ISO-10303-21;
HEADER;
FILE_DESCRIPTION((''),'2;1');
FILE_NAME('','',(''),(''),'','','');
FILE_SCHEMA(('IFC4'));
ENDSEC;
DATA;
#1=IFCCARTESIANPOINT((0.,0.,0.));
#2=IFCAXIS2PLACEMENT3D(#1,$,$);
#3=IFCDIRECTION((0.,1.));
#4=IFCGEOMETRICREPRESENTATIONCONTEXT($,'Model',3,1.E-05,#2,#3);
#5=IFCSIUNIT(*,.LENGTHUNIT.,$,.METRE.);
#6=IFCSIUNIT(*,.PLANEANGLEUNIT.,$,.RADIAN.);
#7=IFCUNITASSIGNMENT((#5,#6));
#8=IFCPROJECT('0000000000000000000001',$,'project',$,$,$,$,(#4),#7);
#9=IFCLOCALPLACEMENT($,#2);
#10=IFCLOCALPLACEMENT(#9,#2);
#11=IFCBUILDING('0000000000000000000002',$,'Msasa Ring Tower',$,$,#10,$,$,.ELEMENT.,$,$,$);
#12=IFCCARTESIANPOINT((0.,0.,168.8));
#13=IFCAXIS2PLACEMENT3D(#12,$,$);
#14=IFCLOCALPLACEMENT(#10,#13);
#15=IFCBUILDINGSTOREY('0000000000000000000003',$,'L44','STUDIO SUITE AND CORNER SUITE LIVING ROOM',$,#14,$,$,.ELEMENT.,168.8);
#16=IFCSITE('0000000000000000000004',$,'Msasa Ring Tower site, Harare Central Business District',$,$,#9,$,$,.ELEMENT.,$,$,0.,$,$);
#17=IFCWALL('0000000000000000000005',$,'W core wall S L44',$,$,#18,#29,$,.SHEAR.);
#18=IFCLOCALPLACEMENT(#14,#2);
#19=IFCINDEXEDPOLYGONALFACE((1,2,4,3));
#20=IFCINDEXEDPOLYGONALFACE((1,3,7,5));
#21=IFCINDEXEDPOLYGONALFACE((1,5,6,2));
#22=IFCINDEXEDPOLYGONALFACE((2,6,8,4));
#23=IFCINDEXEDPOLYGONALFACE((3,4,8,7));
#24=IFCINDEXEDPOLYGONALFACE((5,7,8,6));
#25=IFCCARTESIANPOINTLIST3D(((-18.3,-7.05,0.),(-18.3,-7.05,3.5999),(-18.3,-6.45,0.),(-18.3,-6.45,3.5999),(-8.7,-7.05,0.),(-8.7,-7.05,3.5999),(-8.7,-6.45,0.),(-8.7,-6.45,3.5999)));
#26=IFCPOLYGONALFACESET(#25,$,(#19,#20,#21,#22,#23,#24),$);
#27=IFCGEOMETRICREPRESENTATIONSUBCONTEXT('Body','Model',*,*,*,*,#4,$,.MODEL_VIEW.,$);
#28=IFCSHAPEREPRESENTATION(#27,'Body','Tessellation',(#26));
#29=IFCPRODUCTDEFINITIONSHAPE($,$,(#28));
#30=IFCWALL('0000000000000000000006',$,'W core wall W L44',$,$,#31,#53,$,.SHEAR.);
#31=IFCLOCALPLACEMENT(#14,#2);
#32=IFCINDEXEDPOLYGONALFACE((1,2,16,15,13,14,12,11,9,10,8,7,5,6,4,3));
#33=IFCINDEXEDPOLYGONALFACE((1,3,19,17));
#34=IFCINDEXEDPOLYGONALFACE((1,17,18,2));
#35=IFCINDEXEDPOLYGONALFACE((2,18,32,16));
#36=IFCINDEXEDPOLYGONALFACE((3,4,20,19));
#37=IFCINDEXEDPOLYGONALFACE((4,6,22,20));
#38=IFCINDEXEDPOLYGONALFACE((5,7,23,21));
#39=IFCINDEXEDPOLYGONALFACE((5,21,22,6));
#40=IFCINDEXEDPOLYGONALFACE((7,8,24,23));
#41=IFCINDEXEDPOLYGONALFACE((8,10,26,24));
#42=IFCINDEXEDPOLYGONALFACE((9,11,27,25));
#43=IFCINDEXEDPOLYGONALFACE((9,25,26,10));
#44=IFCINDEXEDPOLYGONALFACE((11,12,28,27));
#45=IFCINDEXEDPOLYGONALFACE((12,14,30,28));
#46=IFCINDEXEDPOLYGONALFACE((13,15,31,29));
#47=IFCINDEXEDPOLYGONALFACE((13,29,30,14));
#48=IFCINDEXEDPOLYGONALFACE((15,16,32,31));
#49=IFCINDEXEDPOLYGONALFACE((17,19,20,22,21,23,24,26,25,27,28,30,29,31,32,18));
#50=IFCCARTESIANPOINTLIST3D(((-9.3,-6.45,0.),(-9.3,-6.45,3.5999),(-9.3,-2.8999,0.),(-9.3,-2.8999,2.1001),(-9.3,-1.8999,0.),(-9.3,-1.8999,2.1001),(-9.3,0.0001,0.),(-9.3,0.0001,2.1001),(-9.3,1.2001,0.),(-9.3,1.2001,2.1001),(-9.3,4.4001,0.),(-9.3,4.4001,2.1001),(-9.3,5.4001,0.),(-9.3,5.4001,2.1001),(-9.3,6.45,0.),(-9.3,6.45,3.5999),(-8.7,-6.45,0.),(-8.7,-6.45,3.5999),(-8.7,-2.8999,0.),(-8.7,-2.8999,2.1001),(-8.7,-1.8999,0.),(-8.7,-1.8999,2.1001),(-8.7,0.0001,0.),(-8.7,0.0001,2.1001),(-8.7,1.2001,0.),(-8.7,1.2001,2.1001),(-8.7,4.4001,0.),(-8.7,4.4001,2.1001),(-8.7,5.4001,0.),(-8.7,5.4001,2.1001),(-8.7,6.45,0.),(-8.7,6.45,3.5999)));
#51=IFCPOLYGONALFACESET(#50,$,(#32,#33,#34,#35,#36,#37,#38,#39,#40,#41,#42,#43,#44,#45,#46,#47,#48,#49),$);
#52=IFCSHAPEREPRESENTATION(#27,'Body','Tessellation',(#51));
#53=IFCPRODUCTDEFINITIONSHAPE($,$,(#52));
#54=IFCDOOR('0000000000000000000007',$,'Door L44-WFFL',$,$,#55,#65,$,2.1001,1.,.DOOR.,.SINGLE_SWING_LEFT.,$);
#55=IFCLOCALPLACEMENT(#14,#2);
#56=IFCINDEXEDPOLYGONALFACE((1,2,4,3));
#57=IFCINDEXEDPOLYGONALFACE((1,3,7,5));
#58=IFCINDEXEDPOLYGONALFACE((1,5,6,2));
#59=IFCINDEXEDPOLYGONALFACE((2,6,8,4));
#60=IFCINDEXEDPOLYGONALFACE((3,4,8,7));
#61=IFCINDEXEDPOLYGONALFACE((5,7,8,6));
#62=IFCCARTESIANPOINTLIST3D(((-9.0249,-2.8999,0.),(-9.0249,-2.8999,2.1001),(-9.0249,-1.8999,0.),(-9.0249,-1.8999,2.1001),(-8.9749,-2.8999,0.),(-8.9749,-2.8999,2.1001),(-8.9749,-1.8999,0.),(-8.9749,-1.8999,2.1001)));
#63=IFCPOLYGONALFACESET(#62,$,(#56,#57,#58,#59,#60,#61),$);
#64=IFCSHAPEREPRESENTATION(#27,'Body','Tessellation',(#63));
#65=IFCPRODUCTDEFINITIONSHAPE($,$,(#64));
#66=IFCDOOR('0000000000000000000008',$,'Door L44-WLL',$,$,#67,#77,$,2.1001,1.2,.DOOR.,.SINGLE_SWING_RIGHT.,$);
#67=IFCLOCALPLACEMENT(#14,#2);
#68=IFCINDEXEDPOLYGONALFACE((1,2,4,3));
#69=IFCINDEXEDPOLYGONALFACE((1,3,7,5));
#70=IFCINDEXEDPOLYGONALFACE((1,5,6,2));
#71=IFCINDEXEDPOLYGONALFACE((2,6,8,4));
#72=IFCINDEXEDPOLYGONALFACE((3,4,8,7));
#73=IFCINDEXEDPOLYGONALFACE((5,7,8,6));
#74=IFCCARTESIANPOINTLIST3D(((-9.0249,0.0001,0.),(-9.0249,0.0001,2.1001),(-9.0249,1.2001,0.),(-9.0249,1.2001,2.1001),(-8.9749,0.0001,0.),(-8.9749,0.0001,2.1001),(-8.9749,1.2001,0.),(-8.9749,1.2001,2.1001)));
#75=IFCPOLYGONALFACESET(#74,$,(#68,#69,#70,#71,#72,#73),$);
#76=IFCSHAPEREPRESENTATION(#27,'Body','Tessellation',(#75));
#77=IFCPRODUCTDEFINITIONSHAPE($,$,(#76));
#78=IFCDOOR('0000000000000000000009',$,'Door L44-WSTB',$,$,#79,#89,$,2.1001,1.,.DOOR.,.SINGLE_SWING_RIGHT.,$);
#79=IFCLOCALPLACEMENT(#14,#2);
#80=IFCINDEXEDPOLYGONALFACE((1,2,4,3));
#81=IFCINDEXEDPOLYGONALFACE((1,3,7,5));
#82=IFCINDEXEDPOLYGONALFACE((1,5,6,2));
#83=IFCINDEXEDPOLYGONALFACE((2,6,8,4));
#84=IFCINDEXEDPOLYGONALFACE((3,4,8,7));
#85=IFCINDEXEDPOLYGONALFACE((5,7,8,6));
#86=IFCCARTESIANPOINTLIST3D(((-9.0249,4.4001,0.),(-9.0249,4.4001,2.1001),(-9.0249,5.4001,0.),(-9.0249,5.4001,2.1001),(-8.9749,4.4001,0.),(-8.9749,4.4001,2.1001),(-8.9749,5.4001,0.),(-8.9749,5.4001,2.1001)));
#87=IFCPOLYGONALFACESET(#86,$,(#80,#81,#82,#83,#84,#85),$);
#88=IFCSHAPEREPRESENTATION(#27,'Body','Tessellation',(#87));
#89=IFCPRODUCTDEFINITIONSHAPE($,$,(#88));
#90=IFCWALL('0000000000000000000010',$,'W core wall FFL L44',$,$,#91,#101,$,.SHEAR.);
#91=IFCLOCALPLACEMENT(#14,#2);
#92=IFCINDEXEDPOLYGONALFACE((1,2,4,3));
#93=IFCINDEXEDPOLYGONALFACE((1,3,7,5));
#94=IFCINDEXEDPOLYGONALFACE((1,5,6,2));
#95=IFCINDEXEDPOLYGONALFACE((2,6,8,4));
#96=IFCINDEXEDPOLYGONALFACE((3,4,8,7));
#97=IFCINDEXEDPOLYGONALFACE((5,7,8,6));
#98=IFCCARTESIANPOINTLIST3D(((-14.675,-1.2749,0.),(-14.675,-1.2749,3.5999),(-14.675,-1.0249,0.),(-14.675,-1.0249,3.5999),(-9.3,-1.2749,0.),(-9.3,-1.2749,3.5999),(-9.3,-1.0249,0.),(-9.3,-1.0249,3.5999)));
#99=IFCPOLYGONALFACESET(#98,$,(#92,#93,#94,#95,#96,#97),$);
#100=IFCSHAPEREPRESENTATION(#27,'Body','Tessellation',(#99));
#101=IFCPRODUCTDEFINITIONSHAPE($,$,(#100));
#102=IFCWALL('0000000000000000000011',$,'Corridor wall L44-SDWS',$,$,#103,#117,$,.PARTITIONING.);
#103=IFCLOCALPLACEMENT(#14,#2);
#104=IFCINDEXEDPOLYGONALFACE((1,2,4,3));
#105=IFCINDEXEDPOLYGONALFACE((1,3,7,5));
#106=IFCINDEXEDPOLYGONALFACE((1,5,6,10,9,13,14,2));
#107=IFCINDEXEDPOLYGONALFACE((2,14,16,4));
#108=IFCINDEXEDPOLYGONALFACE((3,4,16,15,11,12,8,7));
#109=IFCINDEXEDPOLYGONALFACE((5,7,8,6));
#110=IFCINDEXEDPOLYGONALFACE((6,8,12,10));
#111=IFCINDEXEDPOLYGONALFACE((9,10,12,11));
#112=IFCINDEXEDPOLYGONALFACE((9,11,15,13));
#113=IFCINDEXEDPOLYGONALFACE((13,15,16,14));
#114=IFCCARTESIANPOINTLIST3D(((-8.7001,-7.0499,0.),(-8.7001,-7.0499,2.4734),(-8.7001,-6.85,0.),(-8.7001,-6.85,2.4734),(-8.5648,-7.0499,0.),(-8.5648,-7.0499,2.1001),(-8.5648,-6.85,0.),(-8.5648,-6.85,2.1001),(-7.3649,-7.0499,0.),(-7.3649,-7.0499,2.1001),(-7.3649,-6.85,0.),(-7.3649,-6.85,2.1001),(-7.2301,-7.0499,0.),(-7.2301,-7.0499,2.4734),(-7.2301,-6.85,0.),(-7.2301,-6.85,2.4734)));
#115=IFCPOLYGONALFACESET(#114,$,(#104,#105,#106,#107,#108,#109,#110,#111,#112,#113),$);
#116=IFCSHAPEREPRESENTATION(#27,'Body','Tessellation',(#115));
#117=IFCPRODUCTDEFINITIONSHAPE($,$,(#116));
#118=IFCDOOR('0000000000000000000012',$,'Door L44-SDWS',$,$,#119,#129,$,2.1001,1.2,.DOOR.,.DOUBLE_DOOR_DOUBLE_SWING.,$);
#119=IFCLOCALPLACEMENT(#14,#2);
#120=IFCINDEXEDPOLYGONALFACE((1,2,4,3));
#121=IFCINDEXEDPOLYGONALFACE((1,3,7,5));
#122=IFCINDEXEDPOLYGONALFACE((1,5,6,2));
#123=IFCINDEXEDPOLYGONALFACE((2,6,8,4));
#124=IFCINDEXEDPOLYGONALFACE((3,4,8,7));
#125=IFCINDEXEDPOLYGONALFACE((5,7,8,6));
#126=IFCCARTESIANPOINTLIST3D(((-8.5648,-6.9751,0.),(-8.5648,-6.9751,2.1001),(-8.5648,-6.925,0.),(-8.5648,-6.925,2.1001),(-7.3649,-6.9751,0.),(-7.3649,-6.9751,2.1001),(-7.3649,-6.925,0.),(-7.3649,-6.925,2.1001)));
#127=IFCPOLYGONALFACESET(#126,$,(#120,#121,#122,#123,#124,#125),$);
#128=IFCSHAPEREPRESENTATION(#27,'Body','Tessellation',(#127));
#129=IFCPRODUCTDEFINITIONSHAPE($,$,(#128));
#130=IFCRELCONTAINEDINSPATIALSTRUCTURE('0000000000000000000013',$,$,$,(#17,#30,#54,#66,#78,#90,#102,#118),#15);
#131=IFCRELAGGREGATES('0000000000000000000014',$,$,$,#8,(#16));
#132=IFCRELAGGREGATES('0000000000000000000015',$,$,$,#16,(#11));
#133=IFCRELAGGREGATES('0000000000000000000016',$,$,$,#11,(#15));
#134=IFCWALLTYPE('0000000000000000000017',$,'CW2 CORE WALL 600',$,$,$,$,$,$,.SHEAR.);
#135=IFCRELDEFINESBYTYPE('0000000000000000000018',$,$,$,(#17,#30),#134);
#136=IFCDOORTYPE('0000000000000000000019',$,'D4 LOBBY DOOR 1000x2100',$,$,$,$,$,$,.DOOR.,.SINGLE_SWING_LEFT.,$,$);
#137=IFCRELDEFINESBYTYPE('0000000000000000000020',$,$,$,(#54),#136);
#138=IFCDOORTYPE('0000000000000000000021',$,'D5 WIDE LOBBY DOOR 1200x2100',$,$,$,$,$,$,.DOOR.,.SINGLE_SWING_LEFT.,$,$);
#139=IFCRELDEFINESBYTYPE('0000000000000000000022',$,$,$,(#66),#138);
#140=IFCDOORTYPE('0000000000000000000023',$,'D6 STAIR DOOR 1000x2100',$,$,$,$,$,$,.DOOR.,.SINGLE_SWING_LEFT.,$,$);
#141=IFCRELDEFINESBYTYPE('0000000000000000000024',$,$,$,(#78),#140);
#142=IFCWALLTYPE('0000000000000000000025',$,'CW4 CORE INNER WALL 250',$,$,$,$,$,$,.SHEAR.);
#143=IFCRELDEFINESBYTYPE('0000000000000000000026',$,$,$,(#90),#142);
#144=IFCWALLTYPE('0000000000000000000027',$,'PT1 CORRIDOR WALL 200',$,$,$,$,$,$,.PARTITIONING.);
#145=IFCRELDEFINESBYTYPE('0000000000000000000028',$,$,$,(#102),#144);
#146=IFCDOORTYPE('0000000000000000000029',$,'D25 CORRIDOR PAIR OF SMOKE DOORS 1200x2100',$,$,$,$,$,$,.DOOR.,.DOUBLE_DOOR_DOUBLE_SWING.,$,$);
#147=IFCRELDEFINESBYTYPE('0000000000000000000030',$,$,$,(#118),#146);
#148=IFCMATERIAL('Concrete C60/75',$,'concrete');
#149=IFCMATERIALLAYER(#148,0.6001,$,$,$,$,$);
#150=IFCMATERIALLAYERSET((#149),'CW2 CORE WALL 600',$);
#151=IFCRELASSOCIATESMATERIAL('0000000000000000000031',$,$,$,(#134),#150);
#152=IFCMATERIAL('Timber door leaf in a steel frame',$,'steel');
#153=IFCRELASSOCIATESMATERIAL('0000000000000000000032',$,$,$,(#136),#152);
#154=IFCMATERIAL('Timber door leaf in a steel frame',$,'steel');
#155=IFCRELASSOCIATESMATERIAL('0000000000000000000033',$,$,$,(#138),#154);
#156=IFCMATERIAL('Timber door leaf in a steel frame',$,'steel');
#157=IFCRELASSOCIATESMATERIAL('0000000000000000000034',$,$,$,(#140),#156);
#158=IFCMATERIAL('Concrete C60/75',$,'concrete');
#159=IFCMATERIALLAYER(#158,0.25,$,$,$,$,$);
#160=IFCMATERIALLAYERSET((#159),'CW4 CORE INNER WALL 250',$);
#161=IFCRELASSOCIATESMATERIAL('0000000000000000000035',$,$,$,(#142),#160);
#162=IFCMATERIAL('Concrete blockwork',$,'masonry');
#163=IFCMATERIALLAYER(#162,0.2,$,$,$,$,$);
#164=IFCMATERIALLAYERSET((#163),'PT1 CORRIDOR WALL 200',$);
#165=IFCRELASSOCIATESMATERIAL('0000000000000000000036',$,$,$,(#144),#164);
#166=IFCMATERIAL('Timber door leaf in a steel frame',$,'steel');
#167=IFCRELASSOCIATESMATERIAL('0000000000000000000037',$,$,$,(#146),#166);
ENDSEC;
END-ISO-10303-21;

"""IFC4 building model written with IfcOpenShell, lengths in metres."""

from ifc_helpers import new_model, si_unit, direction, frame, frame_2d, origin, place, context, subcontext, project, spatial, rectangle, extrude, material, layer, layer_set, type_object, element, fill, save


model = new_model("IFC4")

# Units and contexts
model_context = context("Model", 3, precision=1e-05, world=origin(), true_north=direction((0.0, 1.0)))
body_context = subcontext(model_context, "Body", "Model", "MODEL_VIEW")
ifc_project = project(units=[si_unit("LENGTHUNIT", "METRE"), si_unit("PLANEANGLEUNIT", "RADIAN")], contexts=[model_context])

# Site, building, storey
site_placement = place(None, origin())
site = spatial("IfcSite", under=ifc_project, at=site_placement, Name="Msasa Ring Tower site, Harare Central Business District", CompositionType="ELEMENT", RefElevation=0.0)
building_placement = place(site_placement, origin())
building = spatial("IfcBuilding", under=site, at=building_placement, Name="Msasa Ring Tower", CompositionType="ELEMENT")
storey_placement = place(building_placement, frame((0.0, 0.0, 168.8)))
storey = spatial("IfcBuildingStorey", under=building, at=storey_placement, Name="L44", Description="STUDIO SUITE AND CORNER SUITE LIVING ROOM", CompositionType="ELEMENT", Elevation=168.8)

# Wall
ifc_material_1 = material(Name="Concrete C60/75", Category="concrete")
ifc_layer_1 = layer(ifc_material_1, 0.6001)
ifc_layer_set_1 = layer_set([ifc_layer_1], Name="CW2 CORE WALL 600")
wall_type_1 = type_object("IfcWallType", Name="CW2 CORE WALL 600", PredefinedType="SHEAR", material=ifc_layer_set_1)
wall_1_placement = place(storey_placement, frame((-8.7, -6.75, 0.0), z_axis=(0.0, 0.0, 1.0), x_axis=(-1.0, 0.0, 0.0)))
element("IfcWall", 1, at=wall_1_placement, inside=storey, type_object=wall_type_1, Name="W core wall S L44", PredefinedType="SHEAR", context=body_context, shape_type="SweptSolid", body=[
    extrude(rectangle(XDim=9.6001, YDim=0.6001, at=frame_2d((4.8, 0.0))), origin(), (0.0, 0.0, 1.0), 3.5999),
])

# Wall, openings, doors
wall_2_placement = place(storey_placement, frame((-9.0, -6.45, 0.0), z_axis=(0.0, 0.0, 1.0), x_axis=(0.0, 1.0, 0.0)))
wall_2 = element("IfcWall", 2, at=wall_2_placement, inside=storey, type_object=wall_type_1, Name="W core wall W L44", PredefinedType="SHEAR", context=body_context, shape_type="SweptSolid", body=[
    extrude(rectangle(XDim=12.8999, YDim=0.6001, at=frame_2d((6.45, 0.0))), origin(), (0.0, 0.0, 1.0), 3.5999),
])
opening_1_placement = place(wall_2_placement, frame((3.55, 0.0, 0.0)))
opening_1 = element("IfcOpeningElement", 3, at=opening_1_placement, cuts=wall_2, PredefinedType="OPENING", context=body_context, shape_type="SweptSolid", body=[
    extrude(rectangle(XDim=1.0, YDim=2.1001, at=frame_2d((0.5, 1.05))), frame((0.0, 0.3101, 0.0), z_axis=(0.0, -1.0, 0.0), x_axis=(1.0, 0.0, 0.0)), (0.0, 0.0, 1.0), 0.6201),
])
opening_2_placement = place(wall_2_placement, frame((6.45, 0.0, 0.0)))
opening_2 = element("IfcOpeningElement", 4, at=opening_2_placement, cuts=wall_2, PredefinedType="OPENING", context=body_context, shape_type="SweptSolid", body=[
    extrude(rectangle(XDim=1.2, YDim=2.1001, at=frame_2d((0.6001, 1.05))), frame((0.0, 0.3101, 0.0), z_axis=(0.0, -1.0, 0.0), x_axis=(1.0, 0.0, 0.0)), (0.0, 0.0, 1.0), 0.6201),
])
opening_3_placement = place(wall_2_placement, frame((10.8501, 0.0, 0.0)))
opening_3 = element("IfcOpeningElement", 5, at=opening_3_placement, cuts=wall_2, PredefinedType="OPENING", context=body_context, shape_type="SweptSolid", body=[
    extrude(rectangle(XDim=1.0, YDim=2.1001, at=frame_2d((0.5, 1.05))), frame((0.0, 0.3101, 0.0), z_axis=(0.0, -1.0, 0.0), x_axis=(1.0, 0.0, 0.0)), (0.0, 0.0, 1.0), 0.6201),
])
ifc_material_2 = material(Name="Timber door leaf in a steel frame", Category="steel")
door_type_1 = type_object("IfcDoorType", Name="D4 LOBBY DOOR 1000x2100", OperationType="SINGLE_SWING_LEFT", PredefinedType="DOOR", material=ifc_material_2)
door_1_placement = place(opening_1_placement, origin())
door_1 = element("IfcDoor", 6, at=door_1_placement, inside=storey, type_object=door_type_1, Name="Door L44-WFFL", OperationType="SINGLE_SWING_LEFT", OverallHeight=2.1001, OverallWidth=1.0, PredefinedType="DOOR", context=body_context, shape_type="SweptSolid", body=[
    extrude(rectangle(XDim=1.0, YDim=2.1001, at=frame_2d((0.5, 1.05))), frame((0.0, 0.0249, 0.0), z_axis=(0.0, -1.0, 0.0), x_axis=(1.0, 0.0, 0.0)), (0.0, 0.0, 1.0), 0.05),
])
fill(opening_1, door_1)
ifc_material_3 = material(Name="Timber door leaf in a steel frame", Category="steel")
door_type_2 = type_object("IfcDoorType", Name="D5 WIDE LOBBY DOOR 1200x2100", OperationType="SINGLE_SWING_LEFT", PredefinedType="DOOR", material=ifc_material_3)
door_2_placement = place(opening_2_placement, origin())
door_2 = element("IfcDoor", 7, at=door_2_placement, inside=storey, type_object=door_type_2, Name="Door L44-WLL", OperationType="SINGLE_SWING_RIGHT", OverallHeight=2.1001, OverallWidth=1.2, PredefinedType="DOOR", context=body_context, shape_type="SweptSolid", body=[
    extrude(rectangle(XDim=1.2, YDim=2.1001, at=frame_2d((0.6001, 1.05))), frame((0.0, 0.0249, 0.0), z_axis=(0.0, -1.0, 0.0), x_axis=(1.0, 0.0, 0.0)), (0.0, 0.0, 1.0), 0.05),
])
fill(opening_2, door_2)
ifc_material_4 = material(Name="Timber door leaf in a steel frame", Category="steel")
door_type_3 = type_object("IfcDoorType", Name="D6 STAIR DOOR 1000x2100", OperationType="SINGLE_SWING_LEFT", PredefinedType="DOOR", material=ifc_material_4)
door_3_placement = place(opening_3_placement, origin())
door_3 = element("IfcDoor", 8, at=door_3_placement, inside=storey, type_object=door_type_3, Name="Door L44-WSTB", OperationType="SINGLE_SWING_RIGHT", OverallHeight=2.1001, OverallWidth=1.0, PredefinedType="DOOR", context=body_context, shape_type="SweptSolid", body=[
    extrude(rectangle(XDim=1.0, YDim=2.1001, at=frame_2d((0.5, 1.05))), frame((0.0, 0.0249, 0.0), z_axis=(0.0, -1.0, 0.0), x_axis=(1.0, 0.0, 0.0)), (0.0, 0.0, 1.0), 0.05),
])
fill(opening_3, door_3)

# Wall
ifc_material_5 = material(Name="Concrete C60/75", Category="concrete")
ifc_layer_2 = layer(ifc_material_5, 0.25)
ifc_layer_set_2 = layer_set([ifc_layer_2], Name="CW4 CORE INNER WALL 250")
wall_type_2 = type_object("IfcWallType", Name="CW4 CORE INNER WALL 250", PredefinedType="SHEAR", material=ifc_layer_set_2)
wall_3_placement = place(storey_placement, frame((-9.3, -1.1499, 0.0), z_axis=(0.0, 0.0, 1.0), x_axis=(-1.0, 0.0, 0.0)))
element("IfcWall", 9, at=wall_3_placement, inside=storey, type_object=wall_type_2, Name="W core wall FFL L44", PredefinedType="SHEAR", context=body_context, shape_type="SweptSolid", body=[
    extrude(rectangle(XDim=5.375, YDim=0.25, at=frame_2d((2.6875, 0.0))), origin(), (0.0, 0.0, 1.0), 3.5999),
])

# Wall, opening, door
ifc_material_6 = material(Name="Concrete blockwork", Category="masonry")
ifc_layer_3 = layer(ifc_material_6, 0.2)
ifc_layer_set_3 = layer_set([ifc_layer_3], Name="PT1 CORRIDOR WALL 200")
wall_type_3 = type_object("IfcWallType", Name="PT1 CORRIDOR WALL 200", PredefinedType="PARTITIONING", material=ifc_layer_set_3)
wall_4_placement = place(storey_placement, frame((-8.7, -6.95, 0.0), z_axis=(0.0, 0.0, 1.0), x_axis=(1.0, 0.0, 0.0)))
wall_4 = element("IfcWall", 10, at=wall_4_placement, inside=storey, type_object=wall_type_3, Name="Corridor wall L44-SDWS", PredefinedType="PARTITIONING", context=body_context, shape_type="SweptSolid", body=[
    extrude(rectangle(XDim=1.47, YDim=0.2, at=frame_2d((0.7349, 0.0))), origin(), (0.0, 0.0, 1.0), 2.4734),
])
opening_4_placement = place(wall_4_placement, frame((0.135, 0.0, 0.0)))
opening_4 = element("IfcOpeningElement", 11, at=opening_4_placement, cuts=wall_4, PredefinedType="OPENING", context=body_context, shape_type="SweptSolid", body=[
    extrude(rectangle(XDim=1.2, YDim=2.1001, at=frame_2d((0.6001, 1.05))), frame((0.0, 0.1099, 0.0), z_axis=(0.0, -1.0, 0.0), x_axis=(1.0, 0.0, 0.0)), (0.0, 0.0, 1.0), 0.22),
])
ifc_material_7 = material(Name="Timber door leaf in a steel frame", Category="steel")
door_type_4 = type_object("IfcDoorType", Name="D25 CORRIDOR PAIR OF SMOKE DOORS 1200x2100", OperationType="DOUBLE_DOOR_DOUBLE_SWING", PredefinedType="DOOR", material=ifc_material_7)
door_4_placement = place(opening_4_placement, origin())
door_4 = element("IfcDoor", 12, at=door_4_placement, inside=storey, type_object=door_type_4, Name="Door L44-SDWS", OperationType="DOUBLE_DOOR_DOUBLE_SWING", OverallHeight=2.1001, OverallWidth=1.2, PredefinedType="DOOR", context=body_context, shape_type="SweptSolid", body=[
    extrude(rectangle(XDim=1.2, YDim=2.1001, at=frame_2d((0.6001, 1.05))), frame((0.0, 0.0249, 0.0), z_axis=(0.0, -1.0, 0.0), x_axis=(1.0, 0.0, 0.0)), (0.0, 0.0, 1.0), 0.05),
])
fill(opening_4, door_4)

save(model, "model.ifc")
